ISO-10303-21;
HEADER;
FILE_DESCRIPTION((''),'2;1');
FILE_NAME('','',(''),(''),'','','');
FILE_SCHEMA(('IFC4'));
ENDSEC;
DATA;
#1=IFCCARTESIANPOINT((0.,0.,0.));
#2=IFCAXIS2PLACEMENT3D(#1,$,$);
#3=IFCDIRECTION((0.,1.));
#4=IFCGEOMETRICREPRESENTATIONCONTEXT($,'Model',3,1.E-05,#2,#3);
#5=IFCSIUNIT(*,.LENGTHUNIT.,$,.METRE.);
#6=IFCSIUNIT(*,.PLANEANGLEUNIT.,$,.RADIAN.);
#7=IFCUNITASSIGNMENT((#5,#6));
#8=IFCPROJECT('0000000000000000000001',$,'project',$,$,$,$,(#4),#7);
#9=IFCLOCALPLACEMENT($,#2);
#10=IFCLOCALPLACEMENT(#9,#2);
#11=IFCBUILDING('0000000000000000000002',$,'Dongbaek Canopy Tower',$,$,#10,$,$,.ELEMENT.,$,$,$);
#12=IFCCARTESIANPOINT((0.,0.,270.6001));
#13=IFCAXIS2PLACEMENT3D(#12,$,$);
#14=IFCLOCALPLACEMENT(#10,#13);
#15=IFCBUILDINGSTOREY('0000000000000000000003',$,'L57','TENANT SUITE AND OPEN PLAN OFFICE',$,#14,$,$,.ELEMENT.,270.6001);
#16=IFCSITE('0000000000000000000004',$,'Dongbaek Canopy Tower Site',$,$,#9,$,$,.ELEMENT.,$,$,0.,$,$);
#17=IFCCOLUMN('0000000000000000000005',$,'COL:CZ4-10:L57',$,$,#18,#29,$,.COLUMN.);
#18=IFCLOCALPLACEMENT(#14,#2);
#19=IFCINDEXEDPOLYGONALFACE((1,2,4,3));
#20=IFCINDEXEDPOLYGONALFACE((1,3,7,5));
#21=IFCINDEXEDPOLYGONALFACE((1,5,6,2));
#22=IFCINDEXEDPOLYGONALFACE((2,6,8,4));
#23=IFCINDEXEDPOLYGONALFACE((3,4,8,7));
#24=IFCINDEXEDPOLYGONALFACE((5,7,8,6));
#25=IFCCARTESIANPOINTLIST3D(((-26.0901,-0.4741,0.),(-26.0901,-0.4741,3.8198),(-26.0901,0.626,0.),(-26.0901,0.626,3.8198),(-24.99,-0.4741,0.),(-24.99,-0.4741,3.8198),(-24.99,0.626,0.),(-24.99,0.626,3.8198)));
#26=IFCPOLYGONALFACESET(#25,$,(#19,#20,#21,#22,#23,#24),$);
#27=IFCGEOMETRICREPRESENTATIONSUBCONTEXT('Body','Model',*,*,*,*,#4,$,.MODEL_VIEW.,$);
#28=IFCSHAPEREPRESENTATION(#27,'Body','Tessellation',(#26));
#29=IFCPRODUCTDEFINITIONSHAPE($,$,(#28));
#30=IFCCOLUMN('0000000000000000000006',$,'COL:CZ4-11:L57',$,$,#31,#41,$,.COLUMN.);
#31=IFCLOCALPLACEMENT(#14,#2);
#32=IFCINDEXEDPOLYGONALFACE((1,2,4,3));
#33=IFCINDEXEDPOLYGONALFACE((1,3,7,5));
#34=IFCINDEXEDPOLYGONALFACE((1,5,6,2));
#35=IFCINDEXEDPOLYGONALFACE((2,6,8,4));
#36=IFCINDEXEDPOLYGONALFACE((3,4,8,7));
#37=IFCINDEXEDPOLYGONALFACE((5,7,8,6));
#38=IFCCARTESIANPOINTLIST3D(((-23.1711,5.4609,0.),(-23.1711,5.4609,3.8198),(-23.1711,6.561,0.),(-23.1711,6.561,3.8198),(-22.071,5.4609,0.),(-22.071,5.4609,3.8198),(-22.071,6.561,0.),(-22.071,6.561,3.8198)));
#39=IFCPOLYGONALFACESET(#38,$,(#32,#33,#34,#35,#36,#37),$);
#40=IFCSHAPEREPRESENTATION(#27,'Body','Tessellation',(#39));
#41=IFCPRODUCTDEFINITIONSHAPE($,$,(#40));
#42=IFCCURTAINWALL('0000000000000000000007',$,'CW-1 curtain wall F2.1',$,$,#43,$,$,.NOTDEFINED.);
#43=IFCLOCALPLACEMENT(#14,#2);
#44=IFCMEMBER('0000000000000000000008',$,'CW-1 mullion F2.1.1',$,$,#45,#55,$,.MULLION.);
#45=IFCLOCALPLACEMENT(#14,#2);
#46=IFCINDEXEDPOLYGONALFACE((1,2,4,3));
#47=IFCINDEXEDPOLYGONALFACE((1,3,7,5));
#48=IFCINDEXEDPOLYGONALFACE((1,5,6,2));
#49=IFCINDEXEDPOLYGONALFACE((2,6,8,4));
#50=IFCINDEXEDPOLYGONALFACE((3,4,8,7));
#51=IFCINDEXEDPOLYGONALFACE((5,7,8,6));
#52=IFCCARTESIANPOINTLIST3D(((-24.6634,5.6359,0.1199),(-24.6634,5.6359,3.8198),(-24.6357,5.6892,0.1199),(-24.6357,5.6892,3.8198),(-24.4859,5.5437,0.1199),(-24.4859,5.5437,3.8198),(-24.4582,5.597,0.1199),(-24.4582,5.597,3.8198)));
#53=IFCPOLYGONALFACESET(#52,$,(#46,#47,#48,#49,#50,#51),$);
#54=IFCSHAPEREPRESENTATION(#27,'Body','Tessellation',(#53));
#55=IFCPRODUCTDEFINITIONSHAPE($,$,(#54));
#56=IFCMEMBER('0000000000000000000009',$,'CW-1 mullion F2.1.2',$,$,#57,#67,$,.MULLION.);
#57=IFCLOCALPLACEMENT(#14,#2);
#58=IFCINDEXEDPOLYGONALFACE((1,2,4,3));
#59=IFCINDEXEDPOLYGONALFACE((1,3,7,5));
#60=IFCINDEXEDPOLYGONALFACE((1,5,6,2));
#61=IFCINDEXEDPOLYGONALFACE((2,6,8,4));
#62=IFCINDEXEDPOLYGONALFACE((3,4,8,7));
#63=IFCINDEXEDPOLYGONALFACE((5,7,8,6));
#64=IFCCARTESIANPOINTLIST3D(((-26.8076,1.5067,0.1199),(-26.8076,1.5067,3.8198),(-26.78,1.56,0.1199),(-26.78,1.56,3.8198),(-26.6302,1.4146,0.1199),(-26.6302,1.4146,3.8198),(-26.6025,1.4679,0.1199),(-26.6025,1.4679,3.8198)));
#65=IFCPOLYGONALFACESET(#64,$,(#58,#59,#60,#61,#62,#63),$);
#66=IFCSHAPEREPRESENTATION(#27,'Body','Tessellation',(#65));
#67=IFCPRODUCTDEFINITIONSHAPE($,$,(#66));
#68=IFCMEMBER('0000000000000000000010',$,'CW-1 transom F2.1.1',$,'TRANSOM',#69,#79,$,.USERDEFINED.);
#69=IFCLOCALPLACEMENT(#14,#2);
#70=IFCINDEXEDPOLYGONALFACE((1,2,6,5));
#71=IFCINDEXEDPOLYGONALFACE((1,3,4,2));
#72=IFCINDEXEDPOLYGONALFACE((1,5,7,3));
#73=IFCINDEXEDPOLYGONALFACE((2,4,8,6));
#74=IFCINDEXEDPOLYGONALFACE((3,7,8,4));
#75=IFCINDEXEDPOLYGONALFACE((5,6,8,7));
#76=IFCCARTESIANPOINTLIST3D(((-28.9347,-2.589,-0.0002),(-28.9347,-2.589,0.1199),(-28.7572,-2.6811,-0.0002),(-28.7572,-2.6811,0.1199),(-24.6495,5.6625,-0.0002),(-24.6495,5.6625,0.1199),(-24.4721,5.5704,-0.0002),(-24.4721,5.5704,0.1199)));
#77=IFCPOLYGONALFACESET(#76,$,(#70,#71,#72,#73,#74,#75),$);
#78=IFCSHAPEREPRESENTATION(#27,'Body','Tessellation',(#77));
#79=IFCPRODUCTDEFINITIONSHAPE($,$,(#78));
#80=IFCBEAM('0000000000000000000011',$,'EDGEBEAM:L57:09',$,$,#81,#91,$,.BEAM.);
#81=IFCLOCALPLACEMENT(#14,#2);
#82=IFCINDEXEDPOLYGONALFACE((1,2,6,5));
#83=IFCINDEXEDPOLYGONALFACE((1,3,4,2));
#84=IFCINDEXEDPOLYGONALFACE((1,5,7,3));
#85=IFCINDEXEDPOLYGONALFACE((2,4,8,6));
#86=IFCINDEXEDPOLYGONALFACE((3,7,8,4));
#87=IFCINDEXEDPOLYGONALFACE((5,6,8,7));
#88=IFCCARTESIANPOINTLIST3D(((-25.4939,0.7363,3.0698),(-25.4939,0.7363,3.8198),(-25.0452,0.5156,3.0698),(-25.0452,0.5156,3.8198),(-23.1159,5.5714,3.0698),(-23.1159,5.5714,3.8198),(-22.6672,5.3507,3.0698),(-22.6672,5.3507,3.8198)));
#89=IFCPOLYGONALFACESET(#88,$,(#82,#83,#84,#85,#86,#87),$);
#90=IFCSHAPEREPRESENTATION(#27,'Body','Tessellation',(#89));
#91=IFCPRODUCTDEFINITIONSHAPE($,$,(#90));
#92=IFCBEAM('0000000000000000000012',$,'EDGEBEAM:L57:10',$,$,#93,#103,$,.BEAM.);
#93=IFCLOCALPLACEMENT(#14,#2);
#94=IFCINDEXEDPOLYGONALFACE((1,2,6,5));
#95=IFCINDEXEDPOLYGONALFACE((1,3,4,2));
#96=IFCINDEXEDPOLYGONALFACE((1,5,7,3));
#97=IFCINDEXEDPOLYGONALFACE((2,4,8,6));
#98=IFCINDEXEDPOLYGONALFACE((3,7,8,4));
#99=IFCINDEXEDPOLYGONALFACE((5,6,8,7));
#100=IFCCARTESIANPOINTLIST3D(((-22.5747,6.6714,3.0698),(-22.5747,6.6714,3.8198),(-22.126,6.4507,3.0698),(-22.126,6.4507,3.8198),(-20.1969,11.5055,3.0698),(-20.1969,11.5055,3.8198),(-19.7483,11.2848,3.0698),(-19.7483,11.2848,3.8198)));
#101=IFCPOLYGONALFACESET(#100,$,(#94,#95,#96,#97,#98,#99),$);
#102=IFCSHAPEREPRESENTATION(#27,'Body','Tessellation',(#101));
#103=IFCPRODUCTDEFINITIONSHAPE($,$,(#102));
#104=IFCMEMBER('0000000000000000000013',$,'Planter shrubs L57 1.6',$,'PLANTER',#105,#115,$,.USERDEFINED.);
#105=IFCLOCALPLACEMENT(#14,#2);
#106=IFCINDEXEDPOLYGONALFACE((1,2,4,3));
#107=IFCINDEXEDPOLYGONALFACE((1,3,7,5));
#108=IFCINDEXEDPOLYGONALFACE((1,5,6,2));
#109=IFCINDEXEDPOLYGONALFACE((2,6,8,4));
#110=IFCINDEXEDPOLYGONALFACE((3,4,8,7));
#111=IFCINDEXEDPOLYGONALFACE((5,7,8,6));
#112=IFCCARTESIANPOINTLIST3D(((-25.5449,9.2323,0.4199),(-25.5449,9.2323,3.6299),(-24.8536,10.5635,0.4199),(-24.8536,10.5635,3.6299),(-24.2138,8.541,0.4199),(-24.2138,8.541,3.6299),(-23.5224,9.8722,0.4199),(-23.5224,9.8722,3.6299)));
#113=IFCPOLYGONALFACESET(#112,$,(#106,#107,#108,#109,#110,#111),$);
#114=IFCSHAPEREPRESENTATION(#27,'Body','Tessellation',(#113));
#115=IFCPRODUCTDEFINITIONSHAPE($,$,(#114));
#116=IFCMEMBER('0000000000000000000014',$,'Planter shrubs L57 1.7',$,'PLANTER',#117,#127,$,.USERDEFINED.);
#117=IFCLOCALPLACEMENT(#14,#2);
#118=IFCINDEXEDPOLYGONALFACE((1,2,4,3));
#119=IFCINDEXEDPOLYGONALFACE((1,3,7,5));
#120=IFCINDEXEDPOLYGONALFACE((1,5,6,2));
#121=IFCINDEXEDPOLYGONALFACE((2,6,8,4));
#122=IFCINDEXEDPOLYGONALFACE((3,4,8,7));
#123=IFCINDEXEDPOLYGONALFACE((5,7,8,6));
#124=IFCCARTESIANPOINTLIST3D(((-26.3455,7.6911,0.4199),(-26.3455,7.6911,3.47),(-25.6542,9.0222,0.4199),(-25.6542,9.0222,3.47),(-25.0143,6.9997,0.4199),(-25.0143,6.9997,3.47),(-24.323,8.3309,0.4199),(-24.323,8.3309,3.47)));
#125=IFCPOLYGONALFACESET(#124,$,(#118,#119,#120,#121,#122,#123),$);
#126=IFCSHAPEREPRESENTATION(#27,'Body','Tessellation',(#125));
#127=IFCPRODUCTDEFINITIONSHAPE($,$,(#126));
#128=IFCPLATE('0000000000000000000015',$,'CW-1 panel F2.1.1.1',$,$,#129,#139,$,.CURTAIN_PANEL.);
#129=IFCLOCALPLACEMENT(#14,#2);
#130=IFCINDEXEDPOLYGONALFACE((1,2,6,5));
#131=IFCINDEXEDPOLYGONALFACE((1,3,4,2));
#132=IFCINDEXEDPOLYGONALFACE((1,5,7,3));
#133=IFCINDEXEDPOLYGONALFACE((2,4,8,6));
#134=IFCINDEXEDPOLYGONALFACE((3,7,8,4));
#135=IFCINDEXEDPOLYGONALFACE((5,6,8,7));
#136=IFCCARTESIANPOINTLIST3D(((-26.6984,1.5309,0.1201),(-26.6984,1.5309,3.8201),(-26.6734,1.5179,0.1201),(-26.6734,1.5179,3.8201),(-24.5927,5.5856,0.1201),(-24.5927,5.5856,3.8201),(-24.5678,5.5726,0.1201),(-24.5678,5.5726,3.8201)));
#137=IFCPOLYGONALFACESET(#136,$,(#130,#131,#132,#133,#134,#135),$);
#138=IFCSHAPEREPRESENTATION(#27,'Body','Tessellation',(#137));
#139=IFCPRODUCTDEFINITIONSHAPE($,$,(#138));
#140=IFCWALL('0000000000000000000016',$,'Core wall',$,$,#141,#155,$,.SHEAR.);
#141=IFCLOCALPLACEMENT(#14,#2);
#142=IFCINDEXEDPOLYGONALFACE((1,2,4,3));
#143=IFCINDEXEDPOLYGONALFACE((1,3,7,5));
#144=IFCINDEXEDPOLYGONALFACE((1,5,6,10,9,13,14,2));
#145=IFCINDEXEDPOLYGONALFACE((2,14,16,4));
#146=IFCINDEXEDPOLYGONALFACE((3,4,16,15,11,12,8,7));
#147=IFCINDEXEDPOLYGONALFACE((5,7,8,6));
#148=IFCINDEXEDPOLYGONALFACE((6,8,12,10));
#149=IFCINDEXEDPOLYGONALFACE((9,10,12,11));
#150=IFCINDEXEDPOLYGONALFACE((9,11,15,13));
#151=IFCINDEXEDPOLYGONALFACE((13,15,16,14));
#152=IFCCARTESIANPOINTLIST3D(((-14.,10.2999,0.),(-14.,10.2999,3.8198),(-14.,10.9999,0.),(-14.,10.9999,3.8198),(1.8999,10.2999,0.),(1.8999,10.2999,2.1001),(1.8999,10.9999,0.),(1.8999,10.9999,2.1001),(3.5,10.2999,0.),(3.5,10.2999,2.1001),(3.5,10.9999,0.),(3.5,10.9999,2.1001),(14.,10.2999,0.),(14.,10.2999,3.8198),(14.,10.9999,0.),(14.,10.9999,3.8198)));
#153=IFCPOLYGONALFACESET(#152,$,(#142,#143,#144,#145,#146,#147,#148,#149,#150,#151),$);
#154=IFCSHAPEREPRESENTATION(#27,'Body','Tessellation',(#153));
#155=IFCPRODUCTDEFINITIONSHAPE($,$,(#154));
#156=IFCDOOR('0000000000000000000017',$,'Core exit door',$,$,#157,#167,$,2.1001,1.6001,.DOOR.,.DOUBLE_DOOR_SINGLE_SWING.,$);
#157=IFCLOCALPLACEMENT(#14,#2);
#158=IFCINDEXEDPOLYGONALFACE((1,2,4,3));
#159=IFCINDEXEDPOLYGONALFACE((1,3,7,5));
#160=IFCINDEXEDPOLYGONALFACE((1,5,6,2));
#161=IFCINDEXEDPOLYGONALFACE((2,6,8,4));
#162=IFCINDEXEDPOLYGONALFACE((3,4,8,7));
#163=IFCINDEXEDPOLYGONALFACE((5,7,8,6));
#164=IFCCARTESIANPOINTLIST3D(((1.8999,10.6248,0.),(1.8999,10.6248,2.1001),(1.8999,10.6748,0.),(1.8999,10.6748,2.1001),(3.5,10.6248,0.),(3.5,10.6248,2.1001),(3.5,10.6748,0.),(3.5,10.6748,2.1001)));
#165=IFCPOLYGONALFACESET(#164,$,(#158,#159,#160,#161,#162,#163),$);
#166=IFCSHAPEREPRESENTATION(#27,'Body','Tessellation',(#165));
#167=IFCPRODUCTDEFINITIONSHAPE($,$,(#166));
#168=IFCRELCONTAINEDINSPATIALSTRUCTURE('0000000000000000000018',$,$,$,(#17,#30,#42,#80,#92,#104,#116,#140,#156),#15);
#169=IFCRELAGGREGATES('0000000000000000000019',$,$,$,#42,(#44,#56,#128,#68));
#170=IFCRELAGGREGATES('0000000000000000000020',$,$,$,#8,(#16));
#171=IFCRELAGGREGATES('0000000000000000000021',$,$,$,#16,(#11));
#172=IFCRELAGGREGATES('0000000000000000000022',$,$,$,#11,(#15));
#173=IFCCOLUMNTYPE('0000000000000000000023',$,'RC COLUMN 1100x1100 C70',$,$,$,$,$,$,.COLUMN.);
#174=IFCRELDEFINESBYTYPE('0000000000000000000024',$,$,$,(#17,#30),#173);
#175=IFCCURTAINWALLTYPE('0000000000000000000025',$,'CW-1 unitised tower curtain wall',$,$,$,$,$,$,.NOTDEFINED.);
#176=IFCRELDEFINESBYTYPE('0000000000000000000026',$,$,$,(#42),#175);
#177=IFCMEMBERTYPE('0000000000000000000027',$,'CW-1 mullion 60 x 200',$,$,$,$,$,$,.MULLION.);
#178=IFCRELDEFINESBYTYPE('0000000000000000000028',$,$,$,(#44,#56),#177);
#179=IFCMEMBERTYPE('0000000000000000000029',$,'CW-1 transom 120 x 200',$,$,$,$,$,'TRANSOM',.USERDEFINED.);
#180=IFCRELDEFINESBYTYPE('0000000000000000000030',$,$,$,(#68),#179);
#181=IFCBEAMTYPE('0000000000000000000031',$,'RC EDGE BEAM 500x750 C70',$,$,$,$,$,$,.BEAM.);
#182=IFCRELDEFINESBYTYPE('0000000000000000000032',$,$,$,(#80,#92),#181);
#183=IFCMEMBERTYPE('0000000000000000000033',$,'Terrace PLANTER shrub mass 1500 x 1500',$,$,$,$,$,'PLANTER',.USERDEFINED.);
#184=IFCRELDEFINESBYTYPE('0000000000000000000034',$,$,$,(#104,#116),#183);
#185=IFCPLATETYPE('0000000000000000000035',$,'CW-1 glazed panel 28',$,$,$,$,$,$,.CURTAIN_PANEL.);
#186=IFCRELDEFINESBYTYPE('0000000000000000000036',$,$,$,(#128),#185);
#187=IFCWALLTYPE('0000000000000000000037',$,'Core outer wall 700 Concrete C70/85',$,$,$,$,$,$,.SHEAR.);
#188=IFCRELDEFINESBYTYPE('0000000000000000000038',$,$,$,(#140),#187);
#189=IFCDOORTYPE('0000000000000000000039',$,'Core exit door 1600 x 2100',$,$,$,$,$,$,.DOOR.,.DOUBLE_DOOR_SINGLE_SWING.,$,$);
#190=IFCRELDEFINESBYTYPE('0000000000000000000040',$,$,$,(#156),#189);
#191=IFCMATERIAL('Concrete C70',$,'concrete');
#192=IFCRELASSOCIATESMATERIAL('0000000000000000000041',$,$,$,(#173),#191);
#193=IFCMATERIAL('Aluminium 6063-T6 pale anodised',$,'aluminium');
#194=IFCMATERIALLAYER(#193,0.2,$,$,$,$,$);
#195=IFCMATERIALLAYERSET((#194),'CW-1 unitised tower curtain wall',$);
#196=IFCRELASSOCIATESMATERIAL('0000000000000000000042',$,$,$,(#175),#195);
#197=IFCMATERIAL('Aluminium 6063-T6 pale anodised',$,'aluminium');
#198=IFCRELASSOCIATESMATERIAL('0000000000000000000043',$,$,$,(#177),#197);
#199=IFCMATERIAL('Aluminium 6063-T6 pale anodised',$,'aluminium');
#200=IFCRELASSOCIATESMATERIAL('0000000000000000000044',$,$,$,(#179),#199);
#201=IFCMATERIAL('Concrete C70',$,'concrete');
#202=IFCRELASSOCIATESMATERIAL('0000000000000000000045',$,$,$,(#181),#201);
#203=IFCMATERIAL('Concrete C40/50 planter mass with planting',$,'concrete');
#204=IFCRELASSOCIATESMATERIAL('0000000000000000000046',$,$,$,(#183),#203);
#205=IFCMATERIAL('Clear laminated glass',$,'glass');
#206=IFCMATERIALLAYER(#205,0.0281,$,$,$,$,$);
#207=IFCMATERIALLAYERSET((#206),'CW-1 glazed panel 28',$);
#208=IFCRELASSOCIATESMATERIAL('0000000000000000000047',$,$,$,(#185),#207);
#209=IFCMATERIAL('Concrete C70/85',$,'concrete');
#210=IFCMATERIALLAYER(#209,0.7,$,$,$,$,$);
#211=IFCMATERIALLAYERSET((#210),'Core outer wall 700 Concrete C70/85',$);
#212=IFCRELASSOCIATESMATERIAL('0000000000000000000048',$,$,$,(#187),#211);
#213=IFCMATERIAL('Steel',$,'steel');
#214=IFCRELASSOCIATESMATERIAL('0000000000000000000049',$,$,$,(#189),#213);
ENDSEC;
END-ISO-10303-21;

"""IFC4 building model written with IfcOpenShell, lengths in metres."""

from ifc_helpers import new_model, si_unit, direction, frame, frame_2d, origin, origin_2d, place, context, subcontext, project, spatial, rectangle, extrude, material, layer, layer_set, material_profile, profile_set, type_object, element, fill, aggregate, save


model = new_model("IFC4")

# Units and contexts
model_context = context("Model", 3, precision=1e-05, world=origin(), true_north=direction((0.0, 1.0)))
body_context = subcontext(model_context, "Body", "Model", "MODEL_VIEW")
ifc_project = project(units=[si_unit("LENGTHUNIT", "METRE"), si_unit("PLANEANGLEUNIT", "RADIAN")], contexts=[model_context])

# Site, building, storey
site_placement = place(None, origin())
site = spatial("IfcSite", under=ifc_project, at=site_placement, Name="Dongbaek Canopy Tower Site", CompositionType="ELEMENT", RefElevation=0.0)
building_placement = place(site_placement, origin())
building = spatial("IfcBuilding", under=site, at=building_placement, Name="Dongbaek Canopy Tower", CompositionType="ELEMENT")
storey_placement = place(building_placement, frame((0.0, 0.0, 270.6001)))
storey = spatial("IfcBuildingStorey", under=building, at=storey_placement, Name="L57", Description="TENANT SUITE AND OPEN PLAN OFFICE", CompositionType="ELEMENT", Elevation=270.6001)

# Columns
ifc_material_1 = material(Name="Concrete C70", Category="concrete")
ifc_material_profile_1 = material_profile(ifc_material_1, rectangle(XDim=1.1001, YDim=1.1001, at=origin_2d()), Name="RC COLUMN 1100x1100 C70")
ifc_profile_set_1 = profile_set([ifc_material_profile_1], Name="Concrete C70")
column_type = type_object("IfcColumnType", Name="RC COLUMN 1100x1100 C70", PredefinedType="COLUMN", material=ifc_profile_set_1)
for number, where, z_axis, x_axis, name in (
    (1, (-25.54, 0.0759, 0.0), (0.0, 0.0, 1.0), (1.0, 0.0, 0.0), "COL:CZ4-10:L57"),
    (2, (-22.6211, 6.011, 0.0), (0.0, 0.0, 1.0), (1.0, 0.0, 0.0), "COL:CZ4-11:L57"),
):
    element("IfcColumn", number, at=place(storey_placement, frame(where, z_axis=z_axis, x_axis=x_axis)), inside=storey, type_object=column_type, Name=name, PredefinedType="COLUMN", context=body_context, shape_type="SweptSolid", body=[
        extrude(rectangle(XDim=1.1001, YDim=1.1001, at=origin_2d()), origin(), (0.0, 0.0, 1.0), 3.8198),
    ])

# Curtain wall, members
ifc_material_2 = material(Name="Aluminium 6063-T6 pale anodised", Category="aluminium")
ifc_layer_1 = layer(ifc_material_2, 0.2)
ifc_layer_set_1 = layer_set([ifc_layer_1], Name="CW-1 unitised tower curtain wall")
curtain_wall_type = type_object("IfcCurtainWallType", Name="CW-1 unitised tower curtain wall", PredefinedType="NOTDEFINED", material=ifc_layer_set_1)
curtain_wall_placement = place(storey_placement, origin())
curtain_wall = element("IfcCurtainWall", 3, at=curtain_wall_placement, inside=storey, type_object=curtain_wall_type, Name="CW-1 curtain wall F2.1", PredefinedType="NOTDEFINED")
ifc_material_3 = material(Name="Aluminium 6063-T6 pale anodised", Category="aluminium")
ifc_material_profile_2 = material_profile(ifc_material_3, rectangle(XDim=0.2, YDim=0.0601, at=origin_2d()), Name="CW-1 mullion 60 x 200")
ifc_profile_set_2 = profile_set([ifc_material_profile_2], Name="Aluminium 6063-T6 pale anodised")
member_type_1 = type_object("IfcMemberType", Name="CW-1 mullion 60 x 200", PredefinedType="MULLION", material=ifc_profile_set_2)
member_1_placement = place(storey_placement, frame((-24.5608, 5.6165, 0.1199), z_axis=(0.0, 0.0, 1.0), x_axis=(-0.887462, 0.46088, 0.0)))
member_1 = element("IfcMember", 4, at=member_1_placement, type_object=member_type_1, Name="CW-1 mullion F2.1.1", PredefinedType="MULLION", context=body_context, shape_type="SweptSolid", body=[
    extrude(rectangle(XDim=0.2, YDim=0.0601, at=origin_2d()), origin(), (0.0, 0.0, 1.0), 3.7),
])
member_2_placement = place(storey_placement, frame((-26.7051, 1.4873, 0.1199), z_axis=(0.0, 0.0, 1.0), x_axis=(-0.887462, 0.46088, 0.0)))
member_2 = element("IfcMember", 5, at=member_2_placement, type_object=member_type_1, Name="CW-1 mullion F2.1.2", PredefinedType="MULLION", context=body_context, shape_type="SweptSolid", body=[
    extrude(rectangle(XDim=0.2, YDim=0.0601, at=origin_2d()), origin(), (0.0, 0.0, 1.0), 3.7),
])
ifc_material_4 = material(Name="Aluminium 6063-T6 pale anodised", Category="aluminium")
ifc_material_profile_3 = material_profile(ifc_material_4, rectangle(XDim=0.2, YDim=0.1201, at=origin_2d()), Name="CW-1 transom 120 x 200")
ifc_profile_set_3 = profile_set([ifc_material_profile_3], Name="Aluminium 6063-T6 pale anodised")
member_type_2 = type_object("IfcMemberType", Name="CW-1 transom 120 x 200", ElementType="TRANSOM", PredefinedType="USERDEFINED", material=ifc_profile_set_3)
member_3_placement = place(storey_placement, frame((-24.5608, 5.6165, 0.0598), z_axis=(-0.460878, -0.887463, 0.0), x_axis=(0.887463, -0.460878, 0.0)))
member_3 = element("IfcMember", 6, at=member_3_placement, type_object=member_type_2, Name="CW-1 transom F2.1.1", ObjectType="TRANSOM", PredefinedType="USERDEFINED", context=body_context, shape_type="SweptSolid", body=[
    extrude(rectangle(XDim=0.2, YDim=0.1201, at=origin_2d()), origin(), (0.0, 0.0, 1.0), 9.2979),
])

# Beams
ifc_material_5 = material(Name="Concrete C70", Category="concrete")
ifc_material_profile_4 = material_profile(ifc_material_5, rectangle(XDim=0.5, YDim=0.75, at=origin_2d()), Name="RC EDGE BEAM 500x750 C70")
ifc_profile_set_4 = profile_set([ifc_material_profile_4], Name="Concrete C70")
beam_type = type_object("IfcBeamType", Name="RC EDGE BEAM 500x750 C70", PredefinedType="BEAM", material=ifc_profile_set_4)
beam_1_placement = place(storey_placement, frame((-25.2695, 0.626, 3.4448), z_axis=(0.441332, 0.897344, 0.0), x_axis=(-0.897344, 0.441332, 0.0)))
element("IfcBeam", 7, at=beam_1_placement, inside=storey, type_object=beam_type, Name="EDGEBEAM:L57:09", PredefinedType="BEAM", context=body_context, shape_type="SweptSolid", body=[
    extrude(rectangle(XDim=0.5, YDim=0.75, at=origin_2d()), origin(), (0.0, 0.0, 1.0), 5.3882),
])
beam_2_placement = place(storey_placement, frame((-22.3503, 6.561, 3.4448), z_axis=(0.441367, 0.897327, 0.0), x_axis=(-0.897327, 0.441367, 0.0)))
element("IfcBeam", 8, at=beam_2_placement, inside=storey, type_object=beam_type, Name="EDGEBEAM:L57:10", PredefinedType="BEAM", context=body_context, shape_type="SweptSolid", body=[
    extrude(rectangle(XDim=0.5, YDim=0.75, at=origin_2d()), origin(), (0.0, 0.0, 1.0), 5.3872),
])

# Members
ifc_material_6 = material(Name="Concrete C40/50 planter mass with planting", Category="concrete")
ifc_material_profile_5 = material_profile(ifc_material_6, rectangle(XDim=1.5, YDim=1.5, at=origin_2d()), Name="Terrace PLANTER shrub mass 1500 x 1500")
ifc_profile_set_5 = profile_set([ifc_material_profile_5], Name="Concrete C40/50 planter mass with planting")
member_type_3 = type_object("IfcMemberType", Name="Terrace PLANTER shrub mass 1500 x 1500", ElementType="PLANTER", PredefinedType="USERDEFINED", material=ifc_profile_set_5)
member_4_placement = place(storey_placement, frame((-24.5337, 9.5522, 0.4199), z_axis=(0.0, 0.0, 1.0), x_axis=(-0.887462, 0.46088, 0.0)))
element("IfcMember", 9, at=member_4_placement, inside=storey, type_object=member_type_3, Name="Planter shrubs L57 1.6", ObjectType="PLANTER", PredefinedType="USERDEFINED", context=body_context, shape_type="SweptSolid", body=[
    extrude(rectangle(XDim=1.5, YDim=1.5, at=origin_2d()), origin(), (0.0, 0.0, 1.0), 3.21),
])
member_5_placement = place(storey_placement, frame((-25.3342, 8.011, 0.4199), z_axis=(0.0, 0.0, 1.0), x_axis=(-0.887462, 0.46088, 0.0)))
element("IfcMember", 10, at=member_5_placement, inside=storey, type_object=member_type_3, Name="Planter shrubs L57 1.7", ObjectType="PLANTER", PredefinedType="USERDEFINED", context=body_context, shape_type="SweptSolid", body=[
    extrude(rectangle(XDim=1.5, YDim=1.5, at=origin_2d()), origin(), (0.0, 0.0, 1.0), 3.05),
])

# Plate
ifc_material_7 = material(Name="Clear laminated glass", Category="glass")
ifc_layer_2 = layer(ifc_material_7, 0.0281)
ifc_layer_set_2 = layer_set([ifc_layer_2], Name="CW-1 glazed panel 28")
plate_type = type_object("IfcPlateType", Name="CW-1 glazed panel 28", PredefinedType="CURTAIN_PANEL", material=ifc_layer_set_2)
plate_placement = place(storey_placement, frame((-25.6331, 3.5518, 0.1201), z_axis=(0.0, 0.0, 1.0), x_axis=(-0.46088, -0.887462, 0.0)))
plate = element("IfcPlate", 11, at=plate_placement, type_object=plate_type, Name="CW-1 panel F2.1.1.1", PredefinedType="CURTAIN_PANEL", context=body_context, shape_type="SweptSolid", body=[
    extrude(rectangle(XDim=4.5688, YDim=0.0281, at=origin_2d()), origin(), (0.0, 0.0, 1.0), 3.7),
])

# Wall, opening, door
ifc_material_8 = material(Name="Concrete C70/85", Category="concrete")
ifc_layer_3 = layer(ifc_material_8, 0.7)
ifc_layer_set_3 = layer_set([ifc_layer_3], Name="Core outer wall 700 Concrete C70/85")
wall_type_1 = type_object("IfcWallType", Name="Core outer wall 700 Concrete C70/85", PredefinedType="SHEAR", material=ifc_layer_set_3)
wall_1_placement = place(storey_placement, frame((-14.0, 10.6499, 0.0), z_axis=(0.0, 0.0, 1.0), x_axis=(1.0, 0.0, 0.0)))
wall_1 = element("IfcWall", 12, at=wall_1_placement, inside=storey, type_object=wall_type_1, Name="Core wall", PredefinedType="SHEAR", context=body_context, shape_type="SweptSolid", body=[
    extrude(rectangle(XDim=28.0, YDim=0.7, at=frame_2d((14.0, 0.0))), origin(), (0.0, 0.0, 1.0), 3.8198),
])
opening_placement = place(wall_1_placement, frame((15.8999, 0.0, 0.0)))
opening = element("IfcOpeningElement", 13, at=opening_placement, cuts=wall_1, PredefinedType="OPENING", context=body_context, shape_type="SweptSolid", body=[
    extrude(rectangle(XDim=1.6001, YDim=2.1001, at=frame_2d((0.8, 1.05))), frame((0.0, 0.3599, 0.0), z_axis=(0.0, -1.0, 0.0), x_axis=(1.0, 0.0, 0.0)), (0.0, 0.0, 1.0), 0.72),
])
ifc_material_9 = material(Name="Steel", Category="steel")
door_type = type_object("IfcDoorType", Name="Core exit door 1600 x 2100", OperationType="DOUBLE_DOOR_SINGLE_SWING", PredefinedType="DOOR", material=ifc_material_9)
door_placement = place(opening_placement, origin())
door = element("IfcDoor", 14, at=door_placement, inside=storey, type_object=door_type, Name="Core exit door", OperationType="DOUBLE_DOOR_SINGLE_SWING", OverallHeight=2.1001, OverallWidth=1.6001, PredefinedType="DOOR", context=body_context, shape_type="SweptSolid", body=[
    extrude(rectangle(XDim=1.6001, YDim=2.1001, at=frame_2d((0.8, 1.05))), frame((0.0, 0.0249, 0.0), z_axis=(0.0, -1.0, 0.0), x_axis=(1.0, 0.0, 0.0)), (0.0, 0.0, 1.0), 0.05),
])
fill(opening, door)

aggregate(curtain_wall, [member_1, member_2, plate, member_3])

save(model, "model.ifc")
